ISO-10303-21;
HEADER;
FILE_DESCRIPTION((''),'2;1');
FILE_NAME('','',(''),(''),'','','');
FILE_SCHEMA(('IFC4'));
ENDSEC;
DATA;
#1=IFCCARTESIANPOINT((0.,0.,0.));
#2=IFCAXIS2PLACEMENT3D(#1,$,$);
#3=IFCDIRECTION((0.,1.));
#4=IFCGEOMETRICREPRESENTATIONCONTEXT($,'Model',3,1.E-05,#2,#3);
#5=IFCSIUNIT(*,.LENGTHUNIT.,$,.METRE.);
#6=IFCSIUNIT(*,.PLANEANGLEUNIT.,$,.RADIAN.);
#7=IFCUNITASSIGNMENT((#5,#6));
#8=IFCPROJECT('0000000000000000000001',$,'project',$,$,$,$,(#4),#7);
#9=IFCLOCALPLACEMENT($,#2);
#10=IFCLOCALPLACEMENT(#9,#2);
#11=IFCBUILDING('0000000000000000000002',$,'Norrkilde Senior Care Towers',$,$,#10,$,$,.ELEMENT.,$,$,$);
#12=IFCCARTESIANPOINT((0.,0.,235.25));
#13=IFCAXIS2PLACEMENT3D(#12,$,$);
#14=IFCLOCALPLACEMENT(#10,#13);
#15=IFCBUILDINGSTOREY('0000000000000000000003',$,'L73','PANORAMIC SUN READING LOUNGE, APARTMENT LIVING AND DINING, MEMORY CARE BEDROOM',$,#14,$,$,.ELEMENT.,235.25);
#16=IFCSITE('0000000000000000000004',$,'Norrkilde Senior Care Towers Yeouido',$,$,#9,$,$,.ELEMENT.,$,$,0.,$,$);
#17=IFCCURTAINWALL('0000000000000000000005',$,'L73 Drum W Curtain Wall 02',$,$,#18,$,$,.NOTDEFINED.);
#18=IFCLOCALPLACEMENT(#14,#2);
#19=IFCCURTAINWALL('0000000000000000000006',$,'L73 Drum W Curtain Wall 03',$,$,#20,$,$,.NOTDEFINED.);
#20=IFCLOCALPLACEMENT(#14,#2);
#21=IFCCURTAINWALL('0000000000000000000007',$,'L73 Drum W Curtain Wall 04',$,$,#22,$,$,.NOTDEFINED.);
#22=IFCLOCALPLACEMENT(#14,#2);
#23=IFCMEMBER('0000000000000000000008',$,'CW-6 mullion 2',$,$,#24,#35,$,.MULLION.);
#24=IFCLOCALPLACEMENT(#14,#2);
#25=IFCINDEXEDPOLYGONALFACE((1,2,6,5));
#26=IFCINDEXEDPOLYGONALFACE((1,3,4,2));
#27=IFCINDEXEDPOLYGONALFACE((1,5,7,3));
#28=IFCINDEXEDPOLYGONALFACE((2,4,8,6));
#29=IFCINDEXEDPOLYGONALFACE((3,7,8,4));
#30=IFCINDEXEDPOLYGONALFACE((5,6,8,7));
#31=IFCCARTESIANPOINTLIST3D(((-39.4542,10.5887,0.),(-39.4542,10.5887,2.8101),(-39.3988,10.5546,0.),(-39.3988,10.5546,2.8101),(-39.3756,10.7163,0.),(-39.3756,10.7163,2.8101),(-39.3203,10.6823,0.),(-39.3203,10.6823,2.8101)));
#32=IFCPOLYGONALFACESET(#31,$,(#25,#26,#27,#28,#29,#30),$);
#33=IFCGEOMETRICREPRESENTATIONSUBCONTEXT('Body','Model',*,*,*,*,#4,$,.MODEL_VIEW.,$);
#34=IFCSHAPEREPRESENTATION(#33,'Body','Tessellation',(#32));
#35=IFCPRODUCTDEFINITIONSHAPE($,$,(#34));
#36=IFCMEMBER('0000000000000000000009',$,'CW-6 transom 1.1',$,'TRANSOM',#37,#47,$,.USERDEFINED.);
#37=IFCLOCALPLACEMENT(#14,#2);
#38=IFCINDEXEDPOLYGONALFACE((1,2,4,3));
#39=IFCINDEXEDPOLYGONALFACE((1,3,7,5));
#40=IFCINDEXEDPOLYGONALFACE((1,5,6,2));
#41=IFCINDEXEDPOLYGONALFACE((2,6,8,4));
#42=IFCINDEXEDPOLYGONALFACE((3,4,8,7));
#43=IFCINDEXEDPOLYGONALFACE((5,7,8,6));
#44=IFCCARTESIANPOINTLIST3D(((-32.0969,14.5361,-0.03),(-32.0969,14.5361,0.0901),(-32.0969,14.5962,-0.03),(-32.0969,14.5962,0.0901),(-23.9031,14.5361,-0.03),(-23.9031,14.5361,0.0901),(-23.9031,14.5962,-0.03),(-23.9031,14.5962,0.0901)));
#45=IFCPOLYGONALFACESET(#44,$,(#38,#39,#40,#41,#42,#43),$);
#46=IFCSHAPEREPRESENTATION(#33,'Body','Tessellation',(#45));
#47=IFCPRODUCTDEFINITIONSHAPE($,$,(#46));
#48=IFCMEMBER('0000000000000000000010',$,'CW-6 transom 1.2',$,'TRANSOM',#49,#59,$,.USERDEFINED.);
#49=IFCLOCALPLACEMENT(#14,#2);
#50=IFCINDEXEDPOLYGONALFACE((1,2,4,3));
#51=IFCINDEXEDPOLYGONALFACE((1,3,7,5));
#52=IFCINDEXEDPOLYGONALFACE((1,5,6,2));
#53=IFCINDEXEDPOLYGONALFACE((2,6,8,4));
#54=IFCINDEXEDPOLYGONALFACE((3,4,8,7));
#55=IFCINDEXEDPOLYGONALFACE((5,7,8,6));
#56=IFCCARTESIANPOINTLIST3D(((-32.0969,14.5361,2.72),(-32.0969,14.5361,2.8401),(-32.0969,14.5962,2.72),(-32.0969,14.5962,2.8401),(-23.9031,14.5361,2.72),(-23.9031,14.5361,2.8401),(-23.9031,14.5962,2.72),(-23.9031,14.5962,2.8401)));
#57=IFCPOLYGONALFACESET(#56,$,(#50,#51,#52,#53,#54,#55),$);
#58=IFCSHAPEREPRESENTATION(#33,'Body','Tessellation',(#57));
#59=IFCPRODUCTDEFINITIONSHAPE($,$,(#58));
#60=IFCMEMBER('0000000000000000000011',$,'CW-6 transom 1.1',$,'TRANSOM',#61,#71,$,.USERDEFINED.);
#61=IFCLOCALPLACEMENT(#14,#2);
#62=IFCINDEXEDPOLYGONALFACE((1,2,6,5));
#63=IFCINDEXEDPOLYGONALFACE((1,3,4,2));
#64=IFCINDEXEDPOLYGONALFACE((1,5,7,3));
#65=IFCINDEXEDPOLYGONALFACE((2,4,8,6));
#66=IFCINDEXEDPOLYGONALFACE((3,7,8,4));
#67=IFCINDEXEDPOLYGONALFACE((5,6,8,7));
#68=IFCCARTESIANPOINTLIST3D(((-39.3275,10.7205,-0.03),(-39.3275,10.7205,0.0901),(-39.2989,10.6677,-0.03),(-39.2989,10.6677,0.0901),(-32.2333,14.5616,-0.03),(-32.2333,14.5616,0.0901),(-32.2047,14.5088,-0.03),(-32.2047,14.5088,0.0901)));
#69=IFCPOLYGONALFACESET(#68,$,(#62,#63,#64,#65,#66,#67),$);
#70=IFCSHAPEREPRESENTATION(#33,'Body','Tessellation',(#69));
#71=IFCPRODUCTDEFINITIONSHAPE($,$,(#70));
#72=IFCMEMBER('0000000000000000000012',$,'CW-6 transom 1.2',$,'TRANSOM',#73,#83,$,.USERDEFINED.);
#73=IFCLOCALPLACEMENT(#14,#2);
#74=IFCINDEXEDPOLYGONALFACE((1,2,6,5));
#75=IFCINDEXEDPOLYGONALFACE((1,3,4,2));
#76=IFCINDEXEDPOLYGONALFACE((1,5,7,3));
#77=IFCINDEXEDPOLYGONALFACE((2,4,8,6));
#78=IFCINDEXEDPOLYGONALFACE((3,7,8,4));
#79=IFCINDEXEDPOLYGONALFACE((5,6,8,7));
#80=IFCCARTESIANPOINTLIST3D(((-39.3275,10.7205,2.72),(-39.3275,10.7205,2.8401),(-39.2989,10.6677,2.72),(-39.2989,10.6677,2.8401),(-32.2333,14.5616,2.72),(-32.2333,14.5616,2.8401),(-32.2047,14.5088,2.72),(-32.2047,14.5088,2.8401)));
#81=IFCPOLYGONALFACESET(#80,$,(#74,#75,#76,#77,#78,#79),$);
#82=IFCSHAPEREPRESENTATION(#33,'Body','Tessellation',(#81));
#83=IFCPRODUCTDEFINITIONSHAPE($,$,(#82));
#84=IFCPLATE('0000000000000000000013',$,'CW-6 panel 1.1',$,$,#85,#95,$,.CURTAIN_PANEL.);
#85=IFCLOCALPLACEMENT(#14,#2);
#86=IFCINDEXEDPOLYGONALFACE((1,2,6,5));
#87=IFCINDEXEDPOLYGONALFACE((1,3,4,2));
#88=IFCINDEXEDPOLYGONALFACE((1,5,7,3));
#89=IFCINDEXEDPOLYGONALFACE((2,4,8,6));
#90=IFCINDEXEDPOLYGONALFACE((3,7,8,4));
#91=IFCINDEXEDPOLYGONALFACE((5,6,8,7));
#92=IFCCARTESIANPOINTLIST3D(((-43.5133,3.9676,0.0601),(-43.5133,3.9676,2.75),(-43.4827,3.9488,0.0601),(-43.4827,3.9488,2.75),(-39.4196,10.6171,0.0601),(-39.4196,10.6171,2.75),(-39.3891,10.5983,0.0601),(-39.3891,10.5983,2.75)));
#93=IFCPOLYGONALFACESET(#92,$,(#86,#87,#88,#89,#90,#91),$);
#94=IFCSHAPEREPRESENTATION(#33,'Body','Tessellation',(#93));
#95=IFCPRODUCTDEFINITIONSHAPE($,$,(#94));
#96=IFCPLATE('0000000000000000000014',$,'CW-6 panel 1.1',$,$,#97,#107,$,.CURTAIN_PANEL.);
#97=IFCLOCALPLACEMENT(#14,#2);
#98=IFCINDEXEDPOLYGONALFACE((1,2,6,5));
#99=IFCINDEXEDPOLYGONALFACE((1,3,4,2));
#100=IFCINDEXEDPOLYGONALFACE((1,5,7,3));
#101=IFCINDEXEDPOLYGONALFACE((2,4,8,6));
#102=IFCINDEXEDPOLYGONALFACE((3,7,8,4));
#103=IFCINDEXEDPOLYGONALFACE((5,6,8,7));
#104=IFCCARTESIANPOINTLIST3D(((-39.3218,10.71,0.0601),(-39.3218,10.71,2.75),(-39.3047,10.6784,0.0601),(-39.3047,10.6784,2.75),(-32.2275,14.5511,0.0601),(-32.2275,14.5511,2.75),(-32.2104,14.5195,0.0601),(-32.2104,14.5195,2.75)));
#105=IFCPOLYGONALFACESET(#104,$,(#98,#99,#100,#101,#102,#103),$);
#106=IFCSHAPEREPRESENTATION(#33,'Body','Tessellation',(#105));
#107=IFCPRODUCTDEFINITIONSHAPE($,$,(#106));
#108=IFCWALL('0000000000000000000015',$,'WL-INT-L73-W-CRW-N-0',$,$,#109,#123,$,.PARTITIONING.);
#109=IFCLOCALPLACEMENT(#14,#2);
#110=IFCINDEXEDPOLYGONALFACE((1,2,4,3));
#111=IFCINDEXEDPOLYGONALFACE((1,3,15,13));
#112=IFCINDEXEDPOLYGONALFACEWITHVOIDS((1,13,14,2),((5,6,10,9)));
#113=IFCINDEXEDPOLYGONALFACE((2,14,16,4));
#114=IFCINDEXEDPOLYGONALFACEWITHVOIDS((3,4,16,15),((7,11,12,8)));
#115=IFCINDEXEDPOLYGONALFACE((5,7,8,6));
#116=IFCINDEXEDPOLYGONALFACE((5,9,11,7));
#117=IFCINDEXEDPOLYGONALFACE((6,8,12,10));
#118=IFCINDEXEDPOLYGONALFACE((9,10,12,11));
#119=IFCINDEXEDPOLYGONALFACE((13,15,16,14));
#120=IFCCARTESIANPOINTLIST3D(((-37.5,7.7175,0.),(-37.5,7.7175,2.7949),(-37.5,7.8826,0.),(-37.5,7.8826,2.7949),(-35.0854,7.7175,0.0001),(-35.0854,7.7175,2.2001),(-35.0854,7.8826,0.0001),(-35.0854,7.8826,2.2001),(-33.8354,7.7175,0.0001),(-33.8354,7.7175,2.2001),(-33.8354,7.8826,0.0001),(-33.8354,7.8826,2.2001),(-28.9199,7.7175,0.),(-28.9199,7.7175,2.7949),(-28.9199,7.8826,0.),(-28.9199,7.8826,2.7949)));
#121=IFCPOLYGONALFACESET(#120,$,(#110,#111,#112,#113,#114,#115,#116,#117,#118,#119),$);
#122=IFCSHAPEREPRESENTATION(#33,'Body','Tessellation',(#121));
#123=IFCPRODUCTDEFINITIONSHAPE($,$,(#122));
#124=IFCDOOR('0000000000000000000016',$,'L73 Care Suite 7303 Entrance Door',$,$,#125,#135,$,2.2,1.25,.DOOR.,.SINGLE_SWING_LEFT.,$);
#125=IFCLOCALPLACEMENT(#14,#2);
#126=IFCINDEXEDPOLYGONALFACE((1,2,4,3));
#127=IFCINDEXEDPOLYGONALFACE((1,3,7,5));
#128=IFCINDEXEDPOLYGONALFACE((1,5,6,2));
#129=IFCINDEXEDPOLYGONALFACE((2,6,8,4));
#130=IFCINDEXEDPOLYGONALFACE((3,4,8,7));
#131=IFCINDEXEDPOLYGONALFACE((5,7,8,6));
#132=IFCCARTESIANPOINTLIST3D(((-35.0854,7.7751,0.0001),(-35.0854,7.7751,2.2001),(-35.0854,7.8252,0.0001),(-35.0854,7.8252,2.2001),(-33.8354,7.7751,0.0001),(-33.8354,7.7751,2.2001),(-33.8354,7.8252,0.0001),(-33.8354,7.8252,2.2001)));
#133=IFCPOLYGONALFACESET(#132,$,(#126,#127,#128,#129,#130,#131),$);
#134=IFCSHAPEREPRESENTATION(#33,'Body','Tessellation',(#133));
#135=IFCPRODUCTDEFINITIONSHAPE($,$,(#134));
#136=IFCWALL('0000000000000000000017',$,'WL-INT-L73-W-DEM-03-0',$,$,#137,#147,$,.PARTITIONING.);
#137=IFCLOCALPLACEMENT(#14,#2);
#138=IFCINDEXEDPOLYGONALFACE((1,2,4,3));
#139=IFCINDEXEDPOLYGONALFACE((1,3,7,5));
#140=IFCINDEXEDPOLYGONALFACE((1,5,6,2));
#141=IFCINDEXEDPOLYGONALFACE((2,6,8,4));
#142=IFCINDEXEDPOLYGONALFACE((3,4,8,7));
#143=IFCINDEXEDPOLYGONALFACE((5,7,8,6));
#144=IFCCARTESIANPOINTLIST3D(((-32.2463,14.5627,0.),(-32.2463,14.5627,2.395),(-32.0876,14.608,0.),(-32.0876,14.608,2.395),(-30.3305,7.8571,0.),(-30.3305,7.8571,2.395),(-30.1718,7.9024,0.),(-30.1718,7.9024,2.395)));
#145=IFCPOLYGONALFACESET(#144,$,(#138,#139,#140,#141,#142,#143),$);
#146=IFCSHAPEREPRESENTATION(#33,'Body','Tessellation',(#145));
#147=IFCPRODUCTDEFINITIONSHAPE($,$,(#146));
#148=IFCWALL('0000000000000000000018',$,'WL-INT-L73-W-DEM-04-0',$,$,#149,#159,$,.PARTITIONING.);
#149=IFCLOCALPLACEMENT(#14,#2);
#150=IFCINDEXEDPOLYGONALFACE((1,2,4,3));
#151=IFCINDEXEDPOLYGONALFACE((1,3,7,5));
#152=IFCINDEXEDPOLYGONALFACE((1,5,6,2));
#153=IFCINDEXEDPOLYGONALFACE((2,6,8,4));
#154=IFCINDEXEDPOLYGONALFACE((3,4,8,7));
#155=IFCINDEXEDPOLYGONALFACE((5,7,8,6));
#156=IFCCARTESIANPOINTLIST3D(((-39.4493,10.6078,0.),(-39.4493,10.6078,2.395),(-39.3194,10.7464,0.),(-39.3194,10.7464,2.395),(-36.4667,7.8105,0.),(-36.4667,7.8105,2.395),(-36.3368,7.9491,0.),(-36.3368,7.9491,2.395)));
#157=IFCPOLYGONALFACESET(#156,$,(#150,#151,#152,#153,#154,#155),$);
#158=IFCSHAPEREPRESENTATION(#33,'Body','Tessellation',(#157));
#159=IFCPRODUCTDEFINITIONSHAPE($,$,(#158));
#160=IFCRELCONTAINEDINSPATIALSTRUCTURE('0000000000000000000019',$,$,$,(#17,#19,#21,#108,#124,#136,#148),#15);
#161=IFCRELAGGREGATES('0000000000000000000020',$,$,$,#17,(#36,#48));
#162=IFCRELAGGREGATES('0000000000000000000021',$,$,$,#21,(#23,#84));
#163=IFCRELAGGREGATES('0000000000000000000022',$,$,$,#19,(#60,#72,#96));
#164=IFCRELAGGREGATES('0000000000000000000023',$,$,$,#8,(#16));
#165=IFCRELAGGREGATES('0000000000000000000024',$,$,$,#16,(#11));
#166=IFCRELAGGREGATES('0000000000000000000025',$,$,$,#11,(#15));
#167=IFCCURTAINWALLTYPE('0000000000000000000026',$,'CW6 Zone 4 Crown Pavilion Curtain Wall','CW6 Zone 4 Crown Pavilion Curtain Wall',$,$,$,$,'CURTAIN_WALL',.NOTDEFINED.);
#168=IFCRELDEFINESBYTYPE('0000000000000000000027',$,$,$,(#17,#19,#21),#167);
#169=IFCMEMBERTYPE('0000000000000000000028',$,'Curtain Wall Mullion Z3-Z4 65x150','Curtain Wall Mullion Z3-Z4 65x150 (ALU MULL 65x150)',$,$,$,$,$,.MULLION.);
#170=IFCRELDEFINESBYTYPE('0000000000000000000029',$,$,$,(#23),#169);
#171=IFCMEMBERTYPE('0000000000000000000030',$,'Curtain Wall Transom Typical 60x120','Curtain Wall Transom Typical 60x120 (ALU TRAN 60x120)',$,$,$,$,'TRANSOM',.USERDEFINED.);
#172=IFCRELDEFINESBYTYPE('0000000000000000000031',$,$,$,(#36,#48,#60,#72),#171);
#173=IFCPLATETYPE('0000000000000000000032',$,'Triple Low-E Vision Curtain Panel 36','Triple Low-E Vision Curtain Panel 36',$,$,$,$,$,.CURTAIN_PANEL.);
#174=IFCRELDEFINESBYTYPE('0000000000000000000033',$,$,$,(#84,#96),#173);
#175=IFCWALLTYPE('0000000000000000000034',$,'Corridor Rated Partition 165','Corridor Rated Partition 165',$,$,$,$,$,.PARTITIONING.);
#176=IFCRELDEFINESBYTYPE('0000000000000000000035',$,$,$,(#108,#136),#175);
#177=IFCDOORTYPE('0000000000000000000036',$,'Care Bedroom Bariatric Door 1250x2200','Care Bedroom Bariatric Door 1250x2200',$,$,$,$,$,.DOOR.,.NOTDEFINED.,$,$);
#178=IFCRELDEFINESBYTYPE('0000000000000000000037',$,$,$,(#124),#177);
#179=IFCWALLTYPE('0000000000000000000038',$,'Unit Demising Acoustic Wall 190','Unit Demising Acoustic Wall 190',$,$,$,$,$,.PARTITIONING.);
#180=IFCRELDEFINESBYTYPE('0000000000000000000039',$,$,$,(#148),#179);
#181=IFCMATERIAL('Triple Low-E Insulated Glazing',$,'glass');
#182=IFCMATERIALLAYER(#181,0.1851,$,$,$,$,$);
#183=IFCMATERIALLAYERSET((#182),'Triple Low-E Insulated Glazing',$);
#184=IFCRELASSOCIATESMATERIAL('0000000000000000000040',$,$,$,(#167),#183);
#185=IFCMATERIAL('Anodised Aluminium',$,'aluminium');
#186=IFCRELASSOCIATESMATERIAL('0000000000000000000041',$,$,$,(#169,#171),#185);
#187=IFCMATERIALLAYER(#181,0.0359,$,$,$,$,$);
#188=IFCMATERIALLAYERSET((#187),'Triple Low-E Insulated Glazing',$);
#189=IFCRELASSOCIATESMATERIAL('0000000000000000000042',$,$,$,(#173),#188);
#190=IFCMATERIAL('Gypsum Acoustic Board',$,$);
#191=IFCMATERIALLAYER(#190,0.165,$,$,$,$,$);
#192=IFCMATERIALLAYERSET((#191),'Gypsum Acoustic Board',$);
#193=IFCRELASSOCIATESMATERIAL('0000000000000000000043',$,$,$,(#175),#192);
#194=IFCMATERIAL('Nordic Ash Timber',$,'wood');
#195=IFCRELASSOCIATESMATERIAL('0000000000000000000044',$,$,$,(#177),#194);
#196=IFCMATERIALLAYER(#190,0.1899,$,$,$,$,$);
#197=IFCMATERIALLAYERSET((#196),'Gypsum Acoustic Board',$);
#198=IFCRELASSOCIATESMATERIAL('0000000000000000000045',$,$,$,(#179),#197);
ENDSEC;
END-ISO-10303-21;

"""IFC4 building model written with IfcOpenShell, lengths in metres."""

from ifc_helpers import new_model, si_unit, direction, frame, frame_2d, origin, origin_2d, place, context, subcontext, project, spatial, rectangle, extrude, source, transform, mapped, material, layer, layer_set, material_profile, profile_set, type_object, type_shapes, element, fill, aggregate, save


model = new_model("IFC4")

# Units and contexts
model_context = context("Model", 3, precision=1e-05, world=origin(), true_north=direction((0.0, 1.0)))
body_context = subcontext(model_context, "Body", "Model", "MODEL_VIEW")
ifc_project = project(units=[si_unit("LENGTHUNIT", "METRE"), si_unit("PLANEANGLEUNIT", "RADIAN")], contexts=[model_context])

# Site, building, storey
site_placement = place(None, origin())
site = spatial("IfcSite", under=ifc_project, at=site_placement, Name="Norrkilde Senior Care Towers Yeouido", CompositionType="ELEMENT", RefElevation=0.0)
building_placement = place(site_placement, origin())
building = spatial("IfcBuilding", under=site, at=building_placement, Name="Norrkilde Senior Care Towers", CompositionType="ELEMENT")
storey_placement = place(building_placement, frame((0.0, 0.0, 235.25)))
storey = spatial("IfcBuildingStorey", under=building, at=storey_placement, Name="L73", Description="PANORAMIC SUN READING LOUNGE, APARTMENT LIVING AND DINING, MEMORY CARE BEDROOM", CompositionType="ELEMENT", Elevation=235.25)

# Curtain wall
ifc_material_1 = material(Name="Triple Low-E Insulated Glazing", Category="glass")
ifc_layer_1 = layer(ifc_material_1, 0.1851)
ifc_layer_set_1 = layer_set([ifc_layer_1], Name="Triple Low-E Insulated Glazing")
curtain_wall_type = type_object("IfcCurtainWallType", Name="CW6 Zone 4 Crown Pavilion Curtain Wall", Description="CW6 Zone 4 Crown Pavilion Curtain Wall", ElementType="CURTAIN_WALL", PredefinedType="NOTDEFINED", material=ifc_layer_set_1)
curtain_wall_1_placement = place(storey_placement, origin())
curtain_wall_1 = element("IfcCurtainWall", 1, at=curtain_wall_1_placement, inside=storey, type_object=curtain_wall_type, Name="L73 Drum W Curtain Wall 02", PredefinedType="NOTDEFINED")
ifc_material_2 = material(Name="Anodised Aluminium", Category="aluminium")
ifc_material_profile_1 = material_profile(ifc_material_2, rectangle(XDim=0.0649, YDim=0.1499, at=origin_2d()), Name="ALU MULL 65x150")
ifc_profile_set_1 = profile_set([ifc_material_profile_1], Name="Anodised Aluminium")
member_type_1 = type_object("IfcMemberType", Name="Curtain Wall Mullion Z3-Z4 65x150", Description="Curtain Wall Mullion Z3-Z4 65x150 (ALU MULL 65x150)", PredefinedType="MULLION", material=ifc_profile_set_1)
shared_shape_1 = source(origin(), body_context, "Body", "SweptSolid", [
    extrude(rectangle(XDim=0.0649, YDim=0.1499, at=origin_2d()), origin(), (0.0, 0.0, 1.0), 2.8101),
])
type_shapes(member_type_1, [shared_shape_1])

# Curtain wall
curtain_wall_2_placement = place(storey_placement, origin())
curtain_wall_2 = element("IfcCurtainWall", 2, at=curtain_wall_2_placement, inside=storey, type_object=curtain_wall_type, Name="L73 Drum W Curtain Wall 03", PredefinedType="NOTDEFINED")

# Curtain wall, member
curtain_wall_3_placement = place(storey_placement, origin())
curtain_wall_3 = element("IfcCurtainWall", 3, at=curtain_wall_3_placement, inside=storey, type_object=curtain_wall_type, Name="L73 Drum W Curtain Wall 04", PredefinedType="NOTDEFINED")
member_1_placement = place(storey_placement, frame((-39.3872, 10.6355, 0.0), z_axis=(0.0, 0.0, 1.0), x_axis=(-0.851563, 0.524253, 0.0)))
member_1 = element("IfcMember", 4, at=member_1_placement, type_object=member_type_1, Name="CW-6 mullion 2", PredefinedType="MULLION", context=body_context, shape_type="MappedRepresentation", body=[
    mapped(shared_shape_1, transform((0.0, 0.0, 0.0), x_axis=(1.0, 0.0, 0.0), y_axis=(0.0, 1.0, 0.0), z_axis=(0.0, 0.0, 1.0), scale=1.0)),
])

# Members
ifc_material_profile_2 = material_profile(ifc_material_2, rectangle(XDim=0.0601, YDim=0.1201, at=origin_2d()), Name="ALU TRAN 60x120")
ifc_profile_set_2 = profile_set([ifc_material_profile_2], Name="Anodised Aluminium")
member_type_2 = type_object("IfcMemberType", Name="Curtain Wall Transom Typical 60x120", Description="Curtain Wall Transom Typical 60x120 (ALU TRAN 60x120)", ElementType="TRANSOM", PredefinedType="USERDEFINED", material=ifc_profile_set_2)
shared_shape_2 = source(origin(), body_context, "Body", "SweptSolid", [
    extrude(rectangle(XDim=0.0601, YDim=0.1201, at=origin_2d()), origin(), (0.0, 0.0, 1.0), 8.1938),
])
member_2_placement = place(storey_placement, frame((-32.0969, 14.5662, 0.03), z_axis=(1.0, 0.0, 0.0), x_axis=(0.0, 1.0, 0.0)))
member_2 = element("IfcMember", 5, at=member_2_placement, type_object=member_type_2, Name="CW-6 transom 1.1", ObjectType="TRANSOM", PredefinedType="USERDEFINED", context=body_context, shape_type="MappedRepresentation", body=[
    mapped(shared_shape_2, transform((0.0, 0.0, 0.0), x_axis=(1.0, 0.0, 0.0), y_axis=(0.0, 1.0, 0.0), z_axis=(0.0, 0.0, 1.0), scale=1.0)),
])
member_3_placement = place(storey_placement, frame((-32.0969, 14.5662, 2.78), z_axis=(1.0, 0.0, 0.0), x_axis=(0.0, 1.0, 0.0)))
member_3 = element("IfcMember", 6, at=member_3_placement, type_object=member_type_2, Name="CW-6 transom 1.2", ObjectType="TRANSOM", PredefinedType="USERDEFINED", context=body_context, shape_type="MappedRepresentation", body=[
    mapped(shared_shape_2, transform((0.0, 0.0, 0.0), x_axis=(1.0, 0.0, 0.0), y_axis=(0.0, 1.0, 0.0), z_axis=(0.0, 0.0, 1.0), scale=1.0)),
])
aggregate(curtain_wall_1, [member_2, member_3])
shared_shape_3 = source(origin(), body_context, "Body", "SweptSolid", [
    extrude(rectangle(XDim=0.0601, YDim=0.1201, at=origin_2d()), origin(), (0.0, 0.0, 1.0), 8.0674),
])
type_shapes(member_type_2, [shared_shape_2, shared_shape_3])
member_4_placement = place(storey_placement, frame((-39.3132, 10.6941, 0.03), z_axis=(0.879378, 0.476125, 0.0), x_axis=(-0.476125, 0.879378, 0.0)))
member_4 = element("IfcMember", 7, at=member_4_placement, type_object=member_type_2, Name="CW-6 transom 1.1", ObjectType="TRANSOM", PredefinedType="USERDEFINED", context=body_context, shape_type="MappedRepresentation", body=[
    mapped(shared_shape_3, transform((0.0, 0.0, 0.0), x_axis=(1.0, 0.0, 0.0), y_axis=(0.0, 1.0, 0.0), z_axis=(0.0, 0.0, 1.0), scale=1.0)),
])
member_5_placement = place(storey_placement, frame((-39.3132, 10.6941, 2.78), z_axis=(0.879378, 0.476125, 0.0), x_axis=(-0.476125, 0.879378, 0.0)))
member_5 = element("IfcMember", 8, at=member_5_placement, type_object=member_type_2, Name="CW-6 transom 1.2", ObjectType="TRANSOM", PredefinedType="USERDEFINED", context=body_context, shape_type="MappedRepresentation", body=[
    mapped(shared_shape_3, transform((0.0, 0.0, 0.0), x_axis=(1.0, 0.0, 0.0), y_axis=(0.0, 1.0, 0.0), z_axis=(0.0, 0.0, 1.0), scale=1.0)),
])

# Plates
ifc_layer_2 = layer(ifc_material_1, 0.0359)
ifc_layer_set_2 = layer_set([ifc_layer_2], Name="Triple Low-E Insulated Glazing")
plate_type = type_object("IfcPlateType", Name="Triple Low-E Vision Curtain Panel 36", Description="Triple Low-E Vision Curtain Panel 36", PredefinedType="CURTAIN_PANEL", material=ifc_layer_set_2)
shared_shape_4 = source(origin(), body_context, "Body", "SweptSolid", [
    extrude(rectangle(XDim=7.8086, YDim=0.0359, at=origin_2d()), origin(), (0.0, 0.0, 1.0), 2.6899),
])
plate_1_placement = place(storey_placement, frame((-41.4512, 7.283, 0.0601), z_axis=(0.0, 0.0, 1.0), x_axis=(0.524253, 0.851563, 0.0)))
plate_1 = element("IfcPlate", 9, at=plate_1_placement, type_object=plate_type, Name="CW-6 panel 1.1", PredefinedType="CURTAIN_PANEL", context=body_context, shape_type="MappedRepresentation", body=[
    mapped(shared_shape_4, transform((0.0, 0.0, 0.0), x_axis=(1.0, 0.0, 0.0), y_axis=(0.0, 1.0, 0.0), z_axis=(0.0, 0.0, 1.0), scale=1.0)),
])
aggregate(curtain_wall_3, [member_1, plate_1])
shared_shape_5 = source(origin(), body_context, "Body", "SweptSolid", [
    extrude(rectangle(XDim=8.0674, YDim=0.0359, at=origin_2d()), origin(), (0.0, 0.0, 1.0), 2.6899),
])
type_shapes(plate_type, [shared_shape_4, shared_shape_5])
plate_2_placement = place(storey_placement, frame((-35.7661, 12.6147, 0.0601), z_axis=(0.0, 0.0, 1.0), x_axis=(0.879373, 0.476133, 0.0)))
plate_2 = element("IfcPlate", 10, at=plate_2_placement, type_object=plate_type, Name="CW-6 panel 1.1", PredefinedType="CURTAIN_PANEL", context=body_context, shape_type="MappedRepresentation", body=[
    mapped(shared_shape_5, transform((0.0, 0.0, 0.0), x_axis=(1.0, 0.0, 0.0), y_axis=(0.0, 1.0, 0.0), z_axis=(0.0, 0.0, 1.0), scale=1.0)),
])
aggregate(curtain_wall_2, [member_4, member_5, plate_2])

# Wall, opening, door
ifc_material_3 = material(Name="Gypsum Acoustic Board")
ifc_layer_3 = layer(ifc_material_3, 0.165)
ifc_layer_set_3 = layer_set([ifc_layer_3], Name="Gypsum Acoustic Board")
wall_type_1 = type_object("IfcWallType", Name="Corridor Rated Partition 165", Description="Corridor Rated Partition 165", PredefinedType="PARTITIONING", material=ifc_layer_set_3)
shared_shape_6 = source(origin(), body_context, "Body", "SweptSolid", [
    extrude(rectangle(XDim=8.5801, YDim=0.165, at=frame_2d((4.29, 0.0))), origin(), (0.0, 0.0, 1.0), 2.7949),
])
wall_1_placement = place(storey_placement, frame((-37.5, 7.8, 0.0), z_axis=(0.0, 0.0, 1.0), x_axis=(1.0, 0.0, 0.0)))
wall_1 = element("IfcWall", 11, at=wall_1_placement, inside=storey, type_object=wall_type_1, Name="WL-INT-L73-W-CRW-N-0", PredefinedType="PARTITIONING", context=body_context, shape_type="MappedRepresentation", body=[
    mapped(shared_shape_6, transform((0.0, 0.0, 0.0), x_axis=(1.0, 0.0, 0.0), y_axis=(0.0, 1.0, 0.0), z_axis=(0.0, 0.0, 1.0), scale=1.0)),
])
opening_1_placement = place(wall_1_placement, frame((2.4146, 0.0, 0.0)))
opening_1 = element("IfcOpeningElement", 12, at=opening_1_placement, cuts=wall_1, PredefinedType="OPENING", context=body_context, shape_type="SweptSolid", body=[
    extrude(rectangle(XDim=1.25, YDim=2.2, at=frame_2d((0.625, 1.1001))), frame((0.0, 0.0925, 0.0), z_axis=(0.0, -1.0, 0.0), x_axis=(1.0, 0.0, 0.0)), (0.0, 0.0, 1.0), 0.1851),
])
ifc_material_4 = material(Name="Nordic Ash Timber", Category="wood")
door_type_1 = type_object("IfcDoorType", Name="Care Bedroom Bariatric Door 1250x2200", Description="Care Bedroom Bariatric Door 1250x2200", OperationType="NOTDEFINED", PredefinedType="DOOR", material=ifc_material_4)
shared_shape_7 = source(origin(), body_context, "Body", "SweptSolid", [
    extrude(rectangle(XDim=1.25, YDim=2.2, at=frame_2d((0.625, 1.1001))), frame((0.0, 0.0249, 0.0), z_axis=(0.0, -1.0, 0.0), x_axis=(1.0, 0.0, 0.0)), (0.0, 0.0, 1.0), 0.05),
])
type_shapes(door_type_1, [shared_shape_7])
door_1_placement = place(opening_1_placement, frame((1.25, 0.0, 0.0), z_axis=(0.0, 0.0, 1.0), x_axis=(-1.0, 0.0, 0.0)))
door_1 = element("IfcDoor", 13, at=door_1_placement, inside=storey, type_object=door_type_1, Name="L73 Care Suite 7303 Entrance Door", OperationType="SINGLE_SWING_LEFT", OverallHeight=2.2, OverallWidth=1.25, PredefinedType="DOOR", context=body_context, shape_type="MappedRepresentation", body=[
    mapped(shared_shape_7, transform((0.0, 0.0, 0.0), x_axis=(1.0, 0.0, 0.0), y_axis=(0.0, 1.0, 0.0), z_axis=(0.0, 0.0, 1.0), scale=1.0)),
])
fill(opening_1, door_1)

# Walls
shared_shape_8 = source(origin(), body_context, "Body", "SweptSolid", [
    extrude(rectangle(XDim=6.9739, YDim=0.165, at=frame_2d((3.4868, 0.0))), origin(), (0.0, 0.0, 1.0), 2.395),
])
type_shapes(wall_type_1, [shared_shape_6, shared_shape_8])
wall_2_placement = place(storey_placement, frame((-30.2512, 7.8799, 0.0), z_axis=(0.0, 0.0, 1.0), x_axis=(-0.274707, 0.961528, 0.0)))
element("IfcWall", 14, at=wall_2_placement, inside=storey, type_object=wall_type_1, Name="WL-INT-L73-W-DEM-03-0", PredefinedType="PARTITIONING", context=body_context, shape_type="MappedRepresentation", body=[
    mapped(shared_shape_8, transform((0.0, 0.0, 0.0), x_axis=(1.0, 0.0, 0.0), y_axis=(0.0, 1.0, 0.0), z_axis=(0.0, 0.0, 1.0), scale=1.0)),
])
ifc_layer_4 = layer(ifc_material_3, 0.1899)
ifc_layer_set_4 = layer_set([ifc_layer_4], Name="Gypsum Acoustic Board")
wall_type_2 = type_object("IfcWallType", Name="Unit Demising Acoustic Wall 190", Description="Unit Demising Acoustic Wall 190", PredefinedType="PARTITIONING", material=ifc_layer_set_4)
shared_shape_9 = source(origin(), body_context, "Body", "SweptSolid", [
    extrude(rectangle(XDim=4.0891, YDim=0.1899, at=frame_2d((2.0444, 0.0))), origin(), (0.0, 0.0, 1.0), 2.395),
])
type_shapes(wall_type_2, [shared_shape_9])
wall_3_placement = place(storey_placement, frame((-36.4019, 7.8799, 0.0), z_axis=(0.0, 0.0, 1.0), x_axis=(-0.729401, 0.684086, 0.0)))
element("IfcWall", 15, at=wall_3_placement, inside=storey, type_object=wall_type_2, Name="WL-INT-L73-W-DEM-04-0", PredefinedType="PARTITIONING", context=body_context, shape_type="MappedRepresentation", body=[
    mapped(shared_shape_9, transform((0.0, 0.0, 0.0), x_axis=(1.0, 0.0, 0.0), y_axis=(0.0, 1.0, 0.0), z_axis=(0.0, 0.0, 1.0), scale=1.0)),
])

save(model, "model.ifc")
